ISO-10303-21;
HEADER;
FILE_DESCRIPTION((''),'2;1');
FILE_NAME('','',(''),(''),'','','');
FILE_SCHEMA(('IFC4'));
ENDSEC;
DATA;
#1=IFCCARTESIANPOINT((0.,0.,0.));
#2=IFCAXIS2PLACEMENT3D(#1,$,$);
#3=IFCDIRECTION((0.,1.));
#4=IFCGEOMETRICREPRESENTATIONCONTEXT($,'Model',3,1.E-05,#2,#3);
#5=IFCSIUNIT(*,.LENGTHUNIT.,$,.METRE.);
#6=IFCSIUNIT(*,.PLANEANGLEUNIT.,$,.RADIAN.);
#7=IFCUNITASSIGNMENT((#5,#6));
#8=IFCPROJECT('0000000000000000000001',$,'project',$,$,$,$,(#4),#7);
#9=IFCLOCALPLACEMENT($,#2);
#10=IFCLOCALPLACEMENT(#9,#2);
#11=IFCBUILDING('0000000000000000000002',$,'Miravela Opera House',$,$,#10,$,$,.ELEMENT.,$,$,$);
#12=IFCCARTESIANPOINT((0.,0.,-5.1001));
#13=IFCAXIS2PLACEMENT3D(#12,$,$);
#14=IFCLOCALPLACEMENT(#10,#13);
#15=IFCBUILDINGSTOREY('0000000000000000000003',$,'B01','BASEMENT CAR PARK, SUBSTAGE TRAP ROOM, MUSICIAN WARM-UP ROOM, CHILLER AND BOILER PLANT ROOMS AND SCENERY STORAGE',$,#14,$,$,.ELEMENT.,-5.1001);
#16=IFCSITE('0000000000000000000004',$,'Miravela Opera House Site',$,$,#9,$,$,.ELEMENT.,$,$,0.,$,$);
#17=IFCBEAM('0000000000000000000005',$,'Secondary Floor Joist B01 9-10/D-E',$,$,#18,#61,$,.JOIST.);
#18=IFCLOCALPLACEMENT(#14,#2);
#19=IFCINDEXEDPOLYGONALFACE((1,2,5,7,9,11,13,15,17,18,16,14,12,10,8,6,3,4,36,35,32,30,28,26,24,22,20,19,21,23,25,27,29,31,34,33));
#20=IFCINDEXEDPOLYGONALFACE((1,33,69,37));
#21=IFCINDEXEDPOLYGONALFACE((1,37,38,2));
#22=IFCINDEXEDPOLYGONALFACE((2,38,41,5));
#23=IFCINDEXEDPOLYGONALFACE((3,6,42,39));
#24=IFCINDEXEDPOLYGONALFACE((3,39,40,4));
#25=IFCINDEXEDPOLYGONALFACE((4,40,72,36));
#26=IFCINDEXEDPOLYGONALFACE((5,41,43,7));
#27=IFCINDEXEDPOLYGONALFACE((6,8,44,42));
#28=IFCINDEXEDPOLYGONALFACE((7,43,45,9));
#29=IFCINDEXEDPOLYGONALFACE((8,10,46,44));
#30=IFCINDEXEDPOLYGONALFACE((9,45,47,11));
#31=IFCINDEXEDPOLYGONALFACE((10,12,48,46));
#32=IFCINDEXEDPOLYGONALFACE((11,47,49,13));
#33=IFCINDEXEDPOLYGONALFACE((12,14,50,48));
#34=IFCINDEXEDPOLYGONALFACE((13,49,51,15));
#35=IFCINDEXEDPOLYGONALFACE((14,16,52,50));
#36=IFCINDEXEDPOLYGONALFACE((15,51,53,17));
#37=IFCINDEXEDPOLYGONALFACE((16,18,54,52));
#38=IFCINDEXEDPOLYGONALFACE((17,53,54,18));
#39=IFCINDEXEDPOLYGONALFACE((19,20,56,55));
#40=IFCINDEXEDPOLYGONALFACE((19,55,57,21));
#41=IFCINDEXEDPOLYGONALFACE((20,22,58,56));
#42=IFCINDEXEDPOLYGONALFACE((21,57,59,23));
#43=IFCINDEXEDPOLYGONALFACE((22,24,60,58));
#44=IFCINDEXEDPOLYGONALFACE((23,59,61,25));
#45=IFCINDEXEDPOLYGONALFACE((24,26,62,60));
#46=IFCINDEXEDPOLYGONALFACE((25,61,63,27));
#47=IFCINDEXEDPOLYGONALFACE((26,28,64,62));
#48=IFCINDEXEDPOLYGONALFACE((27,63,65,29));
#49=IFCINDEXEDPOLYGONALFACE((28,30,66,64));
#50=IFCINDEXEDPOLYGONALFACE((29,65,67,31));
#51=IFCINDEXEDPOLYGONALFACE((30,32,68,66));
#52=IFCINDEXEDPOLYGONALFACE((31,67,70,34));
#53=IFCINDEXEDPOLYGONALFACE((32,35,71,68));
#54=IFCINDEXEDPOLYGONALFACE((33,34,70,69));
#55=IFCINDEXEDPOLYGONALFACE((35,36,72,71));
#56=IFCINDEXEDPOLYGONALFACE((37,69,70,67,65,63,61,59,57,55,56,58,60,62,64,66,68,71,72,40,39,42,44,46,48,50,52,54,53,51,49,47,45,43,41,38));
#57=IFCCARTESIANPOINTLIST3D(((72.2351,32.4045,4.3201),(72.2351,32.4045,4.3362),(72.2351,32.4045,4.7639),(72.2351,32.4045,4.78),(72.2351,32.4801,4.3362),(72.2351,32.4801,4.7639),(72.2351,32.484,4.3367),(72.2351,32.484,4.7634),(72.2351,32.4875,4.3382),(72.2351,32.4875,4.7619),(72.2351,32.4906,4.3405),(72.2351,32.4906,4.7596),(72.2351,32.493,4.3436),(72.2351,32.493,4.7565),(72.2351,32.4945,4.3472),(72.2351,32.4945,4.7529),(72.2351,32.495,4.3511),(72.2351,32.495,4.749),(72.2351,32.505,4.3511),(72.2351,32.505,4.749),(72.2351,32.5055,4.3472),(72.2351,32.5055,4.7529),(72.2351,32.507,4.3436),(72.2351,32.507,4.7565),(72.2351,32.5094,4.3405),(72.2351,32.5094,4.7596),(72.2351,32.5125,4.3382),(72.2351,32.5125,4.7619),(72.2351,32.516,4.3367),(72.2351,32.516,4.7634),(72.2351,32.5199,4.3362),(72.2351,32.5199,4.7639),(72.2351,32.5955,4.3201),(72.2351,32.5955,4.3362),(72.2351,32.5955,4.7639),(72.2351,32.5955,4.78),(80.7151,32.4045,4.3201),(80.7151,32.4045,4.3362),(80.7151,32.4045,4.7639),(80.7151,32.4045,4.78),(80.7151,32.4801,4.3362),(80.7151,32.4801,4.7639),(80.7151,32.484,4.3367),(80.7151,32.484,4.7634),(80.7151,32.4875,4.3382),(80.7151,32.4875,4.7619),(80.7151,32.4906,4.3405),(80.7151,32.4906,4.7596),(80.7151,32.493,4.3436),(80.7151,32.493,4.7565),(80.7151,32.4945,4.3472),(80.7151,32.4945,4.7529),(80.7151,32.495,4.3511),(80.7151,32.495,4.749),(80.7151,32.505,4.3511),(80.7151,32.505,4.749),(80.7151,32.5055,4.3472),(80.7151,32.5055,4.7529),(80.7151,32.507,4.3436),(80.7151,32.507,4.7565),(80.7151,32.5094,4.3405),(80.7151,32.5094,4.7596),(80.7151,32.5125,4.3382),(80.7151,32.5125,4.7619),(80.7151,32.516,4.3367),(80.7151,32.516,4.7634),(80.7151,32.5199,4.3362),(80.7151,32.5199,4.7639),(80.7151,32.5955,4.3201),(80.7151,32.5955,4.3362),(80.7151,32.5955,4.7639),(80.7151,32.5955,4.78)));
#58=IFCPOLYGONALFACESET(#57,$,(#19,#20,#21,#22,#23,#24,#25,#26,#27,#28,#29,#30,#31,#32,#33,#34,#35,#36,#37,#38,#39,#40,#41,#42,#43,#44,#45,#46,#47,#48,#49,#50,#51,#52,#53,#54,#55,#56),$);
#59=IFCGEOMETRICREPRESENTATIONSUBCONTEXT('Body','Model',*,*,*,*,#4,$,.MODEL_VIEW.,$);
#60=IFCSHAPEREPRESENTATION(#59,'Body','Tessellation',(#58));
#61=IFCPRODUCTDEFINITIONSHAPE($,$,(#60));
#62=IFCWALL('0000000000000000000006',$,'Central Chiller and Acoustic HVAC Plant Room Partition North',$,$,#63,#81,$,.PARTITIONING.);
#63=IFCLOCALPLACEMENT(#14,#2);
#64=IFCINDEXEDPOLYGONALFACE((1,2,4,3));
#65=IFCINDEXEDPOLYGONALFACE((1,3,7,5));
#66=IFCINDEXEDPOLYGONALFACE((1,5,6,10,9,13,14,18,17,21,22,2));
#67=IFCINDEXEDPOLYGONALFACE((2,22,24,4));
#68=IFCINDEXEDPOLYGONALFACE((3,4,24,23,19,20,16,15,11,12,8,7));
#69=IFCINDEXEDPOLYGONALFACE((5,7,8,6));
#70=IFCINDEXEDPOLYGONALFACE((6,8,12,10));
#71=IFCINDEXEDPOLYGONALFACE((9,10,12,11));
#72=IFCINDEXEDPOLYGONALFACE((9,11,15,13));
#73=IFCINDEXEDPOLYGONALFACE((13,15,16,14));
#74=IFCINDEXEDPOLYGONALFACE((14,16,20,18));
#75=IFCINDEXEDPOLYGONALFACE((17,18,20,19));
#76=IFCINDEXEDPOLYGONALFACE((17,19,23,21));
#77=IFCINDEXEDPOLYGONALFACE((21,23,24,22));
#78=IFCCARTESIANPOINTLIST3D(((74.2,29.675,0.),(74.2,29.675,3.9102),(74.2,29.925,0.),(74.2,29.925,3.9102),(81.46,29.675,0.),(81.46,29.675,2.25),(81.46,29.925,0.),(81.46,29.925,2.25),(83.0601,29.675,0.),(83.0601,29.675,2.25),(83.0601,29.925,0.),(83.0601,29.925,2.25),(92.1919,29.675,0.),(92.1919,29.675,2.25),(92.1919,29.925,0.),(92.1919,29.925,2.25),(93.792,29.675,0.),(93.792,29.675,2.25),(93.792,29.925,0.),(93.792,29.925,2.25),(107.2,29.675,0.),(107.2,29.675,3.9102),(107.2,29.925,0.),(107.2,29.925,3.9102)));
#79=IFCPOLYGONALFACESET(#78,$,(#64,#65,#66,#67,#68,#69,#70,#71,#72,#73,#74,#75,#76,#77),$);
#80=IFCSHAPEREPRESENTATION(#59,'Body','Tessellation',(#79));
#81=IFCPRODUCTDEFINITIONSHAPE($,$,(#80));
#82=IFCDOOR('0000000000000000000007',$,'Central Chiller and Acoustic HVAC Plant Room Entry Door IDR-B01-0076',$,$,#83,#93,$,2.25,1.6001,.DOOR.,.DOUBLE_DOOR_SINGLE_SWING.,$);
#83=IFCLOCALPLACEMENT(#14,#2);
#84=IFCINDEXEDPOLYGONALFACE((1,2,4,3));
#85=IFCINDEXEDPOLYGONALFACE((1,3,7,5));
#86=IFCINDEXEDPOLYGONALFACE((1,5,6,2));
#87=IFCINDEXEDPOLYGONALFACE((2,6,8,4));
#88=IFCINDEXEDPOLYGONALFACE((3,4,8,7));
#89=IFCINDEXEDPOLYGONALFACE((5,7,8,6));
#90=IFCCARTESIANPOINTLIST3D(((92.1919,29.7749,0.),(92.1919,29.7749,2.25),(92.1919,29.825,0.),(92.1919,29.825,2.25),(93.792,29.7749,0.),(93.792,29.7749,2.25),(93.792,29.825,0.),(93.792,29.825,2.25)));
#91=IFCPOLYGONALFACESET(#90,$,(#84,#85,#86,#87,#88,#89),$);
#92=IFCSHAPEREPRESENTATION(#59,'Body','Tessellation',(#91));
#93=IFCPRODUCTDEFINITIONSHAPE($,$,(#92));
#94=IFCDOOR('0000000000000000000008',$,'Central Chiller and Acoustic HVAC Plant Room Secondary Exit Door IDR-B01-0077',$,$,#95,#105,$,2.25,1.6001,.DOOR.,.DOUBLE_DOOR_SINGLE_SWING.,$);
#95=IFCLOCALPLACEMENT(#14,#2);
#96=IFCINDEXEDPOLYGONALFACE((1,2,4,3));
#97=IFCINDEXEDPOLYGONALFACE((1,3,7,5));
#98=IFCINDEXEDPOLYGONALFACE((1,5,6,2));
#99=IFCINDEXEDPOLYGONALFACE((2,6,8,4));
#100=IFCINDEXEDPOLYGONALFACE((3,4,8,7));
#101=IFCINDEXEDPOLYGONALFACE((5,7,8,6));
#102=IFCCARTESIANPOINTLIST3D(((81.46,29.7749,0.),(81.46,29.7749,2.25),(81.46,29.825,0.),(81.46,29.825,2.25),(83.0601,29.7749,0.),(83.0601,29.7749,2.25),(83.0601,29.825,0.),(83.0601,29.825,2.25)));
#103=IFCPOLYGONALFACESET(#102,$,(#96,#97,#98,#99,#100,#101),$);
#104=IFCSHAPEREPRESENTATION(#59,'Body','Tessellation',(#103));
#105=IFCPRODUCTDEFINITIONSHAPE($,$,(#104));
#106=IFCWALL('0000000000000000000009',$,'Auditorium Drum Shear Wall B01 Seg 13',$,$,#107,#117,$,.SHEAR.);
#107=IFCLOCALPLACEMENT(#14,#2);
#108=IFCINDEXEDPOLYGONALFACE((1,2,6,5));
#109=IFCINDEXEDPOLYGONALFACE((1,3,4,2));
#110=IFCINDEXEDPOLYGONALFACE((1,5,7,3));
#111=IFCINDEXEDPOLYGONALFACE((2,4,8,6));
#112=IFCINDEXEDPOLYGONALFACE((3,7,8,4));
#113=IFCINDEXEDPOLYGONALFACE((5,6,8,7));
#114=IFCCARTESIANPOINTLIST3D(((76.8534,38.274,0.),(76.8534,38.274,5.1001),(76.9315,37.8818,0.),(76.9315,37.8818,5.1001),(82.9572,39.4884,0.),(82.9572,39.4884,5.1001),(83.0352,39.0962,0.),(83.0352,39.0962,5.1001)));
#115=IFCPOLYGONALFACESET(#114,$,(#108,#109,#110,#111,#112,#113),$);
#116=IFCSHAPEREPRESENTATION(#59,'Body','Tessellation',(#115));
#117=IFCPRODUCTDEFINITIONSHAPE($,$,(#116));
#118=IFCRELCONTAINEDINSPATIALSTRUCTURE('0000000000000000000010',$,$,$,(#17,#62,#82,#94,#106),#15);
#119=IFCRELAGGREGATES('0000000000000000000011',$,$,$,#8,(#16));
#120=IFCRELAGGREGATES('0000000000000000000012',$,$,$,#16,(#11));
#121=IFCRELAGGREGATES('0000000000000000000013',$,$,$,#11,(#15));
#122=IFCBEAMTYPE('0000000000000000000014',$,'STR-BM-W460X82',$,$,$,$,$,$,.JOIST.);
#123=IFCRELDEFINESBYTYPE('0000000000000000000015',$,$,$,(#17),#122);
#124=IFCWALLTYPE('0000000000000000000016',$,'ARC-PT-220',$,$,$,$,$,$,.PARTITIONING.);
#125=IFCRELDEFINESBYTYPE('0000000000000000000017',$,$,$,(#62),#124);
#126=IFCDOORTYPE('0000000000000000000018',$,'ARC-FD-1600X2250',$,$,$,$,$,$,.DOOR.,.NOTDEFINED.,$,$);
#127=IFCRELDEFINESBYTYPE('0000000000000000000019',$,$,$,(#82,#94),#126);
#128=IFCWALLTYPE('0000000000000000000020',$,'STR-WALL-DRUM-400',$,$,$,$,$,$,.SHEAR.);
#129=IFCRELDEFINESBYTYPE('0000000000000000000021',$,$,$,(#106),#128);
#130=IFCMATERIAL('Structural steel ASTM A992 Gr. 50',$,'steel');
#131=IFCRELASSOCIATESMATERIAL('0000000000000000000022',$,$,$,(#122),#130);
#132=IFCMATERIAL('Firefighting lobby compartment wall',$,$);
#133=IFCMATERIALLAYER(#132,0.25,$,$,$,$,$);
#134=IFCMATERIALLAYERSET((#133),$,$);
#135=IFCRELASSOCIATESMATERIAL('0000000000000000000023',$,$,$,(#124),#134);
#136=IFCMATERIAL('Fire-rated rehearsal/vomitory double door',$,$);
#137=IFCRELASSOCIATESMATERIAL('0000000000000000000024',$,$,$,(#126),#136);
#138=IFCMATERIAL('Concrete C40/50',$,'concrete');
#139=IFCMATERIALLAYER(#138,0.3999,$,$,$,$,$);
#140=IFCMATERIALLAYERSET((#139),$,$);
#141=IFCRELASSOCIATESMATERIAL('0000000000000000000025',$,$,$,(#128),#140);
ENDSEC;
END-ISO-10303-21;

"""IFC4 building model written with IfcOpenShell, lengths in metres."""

from ifc_helpers import new_model, si_unit, direction, frame, frame_2d, origin, origin_2d, place, context, subcontext, project, spatial, rectangle, i_section, extrude, material, layer, layer_set, material_profile, profile_set, type_object, element, fill, save


model = new_model("IFC4")

# Units and contexts
model_context = context("Model", 3, precision=1e-05, world=origin(), true_north=direction((0.0, 1.0)))
body_context = subcontext(model_context, "Body", "Model", "MODEL_VIEW")
ifc_project = project(units=[si_unit("LENGTHUNIT", "METRE"), si_unit("PLANEANGLEUNIT", "RADIAN")], contexts=[model_context])

# Site, building, storey
site_placement = place(None, origin())
site = spatial("IfcSite", under=ifc_project, at=site_placement, Name="Miravela Opera House Site", CompositionType="ELEMENT", RefElevation=0.0)
building_placement = place(site_placement, origin())
building = spatial("IfcBuilding", under=site, at=building_placement, Name="Miravela Opera House", CompositionType="ELEMENT")
storey_placement = place(building_placement, frame((0.0, 0.0, -5.1001)))
storey = spatial("IfcBuildingStorey", under=building, at=storey_placement, Name="B01", Description="BASEMENT CAR PARK, SUBSTAGE TRAP ROOM, MUSICIAN WARM-UP ROOM, CHILLER AND BOILER PLANT ROOMS AND SCENERY STORAGE", CompositionType="ELEMENT", Elevation=-5.1001)

# Shared definitions
ifc_material_1 = material(Name="Concrete C40/50", Category="concrete")

# Beam
ifc_material_2 = material(Name="Structural steel ASTM A992 Gr. 50", Category="steel")
ifc_material_profile_1 = material_profile(ifc_material_2, i_section(OverallWidth=0.1909, OverallDepth=0.46, WebThickness=0.01, FlangeThickness=0.0161, FilletRadius=0.0149, at=origin_2d()), Name="W460X82")
ifc_profile_set_1 = profile_set([ifc_material_profile_1])
beam_type_1 = type_object("IfcBeamType", Name="STR-BM-W460X82", PredefinedType="JOIST", material=ifc_profile_set_1)
beam_1_placement = place(storey_placement, frame((72.2351, 32.5, 4.55), z_axis=(1.0, 0.0, 0.0), x_axis=(0.0, 1.0, 0.0)))
element("IfcBeam", 1, at=beam_1_placement, inside=storey, type_object=beam_type_1, Name="Secondary Floor Joist B01 9-10/D-E", PredefinedType="JOIST", context=body_context, shape_type="SweptSolid", body=[
    extrude(i_section(OverallWidth=0.1909, OverallDepth=0.46, WebThickness=0.01, FlangeThickness=0.0161, FilletRadius=0.0149, at=origin_2d()), origin(), (0.0, 0.0, 1.0), 8.48),
])

# Wall, openings, doors
ifc_material_3 = material(Name="Firefighting lobby compartment wall")
ifc_layer_1 = layer(ifc_material_3, 0.25)
ifc_layer_set_1 = layer_set([ifc_layer_1])
wall_type_1 = type_object("IfcWallType", Name="ARC-PT-220", PredefinedType="PARTITIONING", material=ifc_layer_set_1)
wall_1_placement = place(storey_placement, frame((74.2, 29.8, 0.0), z_axis=(0.0, 0.0, 1.0), x_axis=(1.0, 0.0, 0.0)))
wall_1 = element("IfcWall", 2, at=wall_1_placement, inside=storey, type_object=wall_type_1, Name="Central Chiller and Acoustic HVAC Plant Room Partition North", PredefinedType="PARTITIONING", context=body_context, shape_type="SweptSolid", body=[
    extrude(rectangle(XDim=33.0, YDim=0.25, at=frame_2d((16.5, 0.0))), origin(), (0.0, 0.0, 1.0), 3.9102),
])
opening_1_placement = place(wall_1_placement, frame((17.9919, 0.0, 0.0)))
opening_1 = element("IfcOpeningElement", 3, at=opening_1_placement, cuts=wall_1, PredefinedType="OPENING", context=body_context, shape_type="SweptSolid", body=[
    extrude(rectangle(XDim=1.6001, YDim=2.25, at=frame_2d((0.8, 1.125))), frame((0.0, 0.135, 0.0), z_axis=(0.0, -1.0, 0.0), x_axis=(1.0, 0.0, 0.0)), (0.0, 0.0, 1.0), 0.27),
])
opening_2_placement = place(wall_1_placement, frame((7.26, 0.0, 0.0)))
opening_2 = element("IfcOpeningElement", 4, at=opening_2_placement, cuts=wall_1, PredefinedType="OPENING", context=body_context, shape_type="SweptSolid", body=[
    extrude(rectangle(XDim=1.6001, YDim=2.25, at=frame_2d((0.8, 1.125))), frame((0.0, 0.135, 0.0), z_axis=(0.0, -1.0, 0.0), x_axis=(1.0, 0.0, 0.0)), (0.0, 0.0, 1.0), 0.27),
])
ifc_material_4 = material(Name="Fire-rated rehearsal/vomitory double door")
door_type = type_object("IfcDoorType", Name="ARC-FD-1600X2250", OperationType="NOTDEFINED", PredefinedType="DOOR", material=ifc_material_4)
door_1_placement = place(opening_1_placement, origin())
door_1 = element("IfcDoor", 5, at=door_1_placement, inside=storey, type_object=door_type, Name="Central Chiller and Acoustic HVAC Plant Room Entry Door IDR-B01-0076", OperationType="DOUBLE_DOOR_SINGLE_SWING", OverallHeight=2.25, OverallWidth=1.6001, PredefinedType="DOOR", context=body_context, shape_type="SweptSolid", body=[
    extrude(rectangle(XDim=1.6001, YDim=2.25, at=frame_2d((0.8, 1.125))), frame((0.0, 0.0249, 0.0), z_axis=(0.0, -1.0, 0.0), x_axis=(1.0, 0.0, 0.0)), (0.0, 0.0, 1.0), 0.05),
])
fill(opening_1, door_1)
door_2_placement = place(opening_2_placement, origin())
door_2 = element("IfcDoor", 6, at=door_2_placement, inside=storey, type_object=door_type, Name="Central Chiller and Acoustic HVAC Plant Room Secondary Exit Door IDR-B01-0077", OperationType="DOUBLE_DOOR_SINGLE_SWING", OverallHeight=2.25, OverallWidth=1.6001, PredefinedType="DOOR", context=body_context, shape_type="SweptSolid", body=[
    extrude(rectangle(XDim=1.6001, YDim=2.25, at=frame_2d((0.8, 1.125))), frame((0.0, 0.0249, 0.0), z_axis=(0.0, -1.0, 0.0), x_axis=(1.0, 0.0, 0.0)), (0.0, 0.0, 1.0), 0.05),
])
fill(opening_2, door_2)

# Wall
ifc_layer_2 = layer(ifc_material_1, 0.3999)
ifc_layer_set_2 = layer_set([ifc_layer_2])
wall_type_2 = type_object("IfcWallType", Name="STR-WALL-DRUM-400", PredefinedType="SHEAR", material=ifc_layer_set_2)
wall_2_placement = place(storey_placement, frame((76.8923, 38.0779, 0.0), z_axis=(0.0, 0.0, 1.0), x_axis=(0.980778, 0.195128, 0.0)))
element("IfcWall", 7, at=wall_2_placement, inside=storey, type_object=wall_type_2, Name="Auditorium Drum Shear Wall B01 Seg 13", PredefinedType="SHEAR", context=body_context, shape_type="SweptSolid", body=[
    extrude(rectangle(XDim=6.2234, YDim=0.3999, at=frame_2d((3.1118, 0.0))), origin(), (0.0, 0.0, 1.0), 5.1001),
])

save(model, "model.ifc")
